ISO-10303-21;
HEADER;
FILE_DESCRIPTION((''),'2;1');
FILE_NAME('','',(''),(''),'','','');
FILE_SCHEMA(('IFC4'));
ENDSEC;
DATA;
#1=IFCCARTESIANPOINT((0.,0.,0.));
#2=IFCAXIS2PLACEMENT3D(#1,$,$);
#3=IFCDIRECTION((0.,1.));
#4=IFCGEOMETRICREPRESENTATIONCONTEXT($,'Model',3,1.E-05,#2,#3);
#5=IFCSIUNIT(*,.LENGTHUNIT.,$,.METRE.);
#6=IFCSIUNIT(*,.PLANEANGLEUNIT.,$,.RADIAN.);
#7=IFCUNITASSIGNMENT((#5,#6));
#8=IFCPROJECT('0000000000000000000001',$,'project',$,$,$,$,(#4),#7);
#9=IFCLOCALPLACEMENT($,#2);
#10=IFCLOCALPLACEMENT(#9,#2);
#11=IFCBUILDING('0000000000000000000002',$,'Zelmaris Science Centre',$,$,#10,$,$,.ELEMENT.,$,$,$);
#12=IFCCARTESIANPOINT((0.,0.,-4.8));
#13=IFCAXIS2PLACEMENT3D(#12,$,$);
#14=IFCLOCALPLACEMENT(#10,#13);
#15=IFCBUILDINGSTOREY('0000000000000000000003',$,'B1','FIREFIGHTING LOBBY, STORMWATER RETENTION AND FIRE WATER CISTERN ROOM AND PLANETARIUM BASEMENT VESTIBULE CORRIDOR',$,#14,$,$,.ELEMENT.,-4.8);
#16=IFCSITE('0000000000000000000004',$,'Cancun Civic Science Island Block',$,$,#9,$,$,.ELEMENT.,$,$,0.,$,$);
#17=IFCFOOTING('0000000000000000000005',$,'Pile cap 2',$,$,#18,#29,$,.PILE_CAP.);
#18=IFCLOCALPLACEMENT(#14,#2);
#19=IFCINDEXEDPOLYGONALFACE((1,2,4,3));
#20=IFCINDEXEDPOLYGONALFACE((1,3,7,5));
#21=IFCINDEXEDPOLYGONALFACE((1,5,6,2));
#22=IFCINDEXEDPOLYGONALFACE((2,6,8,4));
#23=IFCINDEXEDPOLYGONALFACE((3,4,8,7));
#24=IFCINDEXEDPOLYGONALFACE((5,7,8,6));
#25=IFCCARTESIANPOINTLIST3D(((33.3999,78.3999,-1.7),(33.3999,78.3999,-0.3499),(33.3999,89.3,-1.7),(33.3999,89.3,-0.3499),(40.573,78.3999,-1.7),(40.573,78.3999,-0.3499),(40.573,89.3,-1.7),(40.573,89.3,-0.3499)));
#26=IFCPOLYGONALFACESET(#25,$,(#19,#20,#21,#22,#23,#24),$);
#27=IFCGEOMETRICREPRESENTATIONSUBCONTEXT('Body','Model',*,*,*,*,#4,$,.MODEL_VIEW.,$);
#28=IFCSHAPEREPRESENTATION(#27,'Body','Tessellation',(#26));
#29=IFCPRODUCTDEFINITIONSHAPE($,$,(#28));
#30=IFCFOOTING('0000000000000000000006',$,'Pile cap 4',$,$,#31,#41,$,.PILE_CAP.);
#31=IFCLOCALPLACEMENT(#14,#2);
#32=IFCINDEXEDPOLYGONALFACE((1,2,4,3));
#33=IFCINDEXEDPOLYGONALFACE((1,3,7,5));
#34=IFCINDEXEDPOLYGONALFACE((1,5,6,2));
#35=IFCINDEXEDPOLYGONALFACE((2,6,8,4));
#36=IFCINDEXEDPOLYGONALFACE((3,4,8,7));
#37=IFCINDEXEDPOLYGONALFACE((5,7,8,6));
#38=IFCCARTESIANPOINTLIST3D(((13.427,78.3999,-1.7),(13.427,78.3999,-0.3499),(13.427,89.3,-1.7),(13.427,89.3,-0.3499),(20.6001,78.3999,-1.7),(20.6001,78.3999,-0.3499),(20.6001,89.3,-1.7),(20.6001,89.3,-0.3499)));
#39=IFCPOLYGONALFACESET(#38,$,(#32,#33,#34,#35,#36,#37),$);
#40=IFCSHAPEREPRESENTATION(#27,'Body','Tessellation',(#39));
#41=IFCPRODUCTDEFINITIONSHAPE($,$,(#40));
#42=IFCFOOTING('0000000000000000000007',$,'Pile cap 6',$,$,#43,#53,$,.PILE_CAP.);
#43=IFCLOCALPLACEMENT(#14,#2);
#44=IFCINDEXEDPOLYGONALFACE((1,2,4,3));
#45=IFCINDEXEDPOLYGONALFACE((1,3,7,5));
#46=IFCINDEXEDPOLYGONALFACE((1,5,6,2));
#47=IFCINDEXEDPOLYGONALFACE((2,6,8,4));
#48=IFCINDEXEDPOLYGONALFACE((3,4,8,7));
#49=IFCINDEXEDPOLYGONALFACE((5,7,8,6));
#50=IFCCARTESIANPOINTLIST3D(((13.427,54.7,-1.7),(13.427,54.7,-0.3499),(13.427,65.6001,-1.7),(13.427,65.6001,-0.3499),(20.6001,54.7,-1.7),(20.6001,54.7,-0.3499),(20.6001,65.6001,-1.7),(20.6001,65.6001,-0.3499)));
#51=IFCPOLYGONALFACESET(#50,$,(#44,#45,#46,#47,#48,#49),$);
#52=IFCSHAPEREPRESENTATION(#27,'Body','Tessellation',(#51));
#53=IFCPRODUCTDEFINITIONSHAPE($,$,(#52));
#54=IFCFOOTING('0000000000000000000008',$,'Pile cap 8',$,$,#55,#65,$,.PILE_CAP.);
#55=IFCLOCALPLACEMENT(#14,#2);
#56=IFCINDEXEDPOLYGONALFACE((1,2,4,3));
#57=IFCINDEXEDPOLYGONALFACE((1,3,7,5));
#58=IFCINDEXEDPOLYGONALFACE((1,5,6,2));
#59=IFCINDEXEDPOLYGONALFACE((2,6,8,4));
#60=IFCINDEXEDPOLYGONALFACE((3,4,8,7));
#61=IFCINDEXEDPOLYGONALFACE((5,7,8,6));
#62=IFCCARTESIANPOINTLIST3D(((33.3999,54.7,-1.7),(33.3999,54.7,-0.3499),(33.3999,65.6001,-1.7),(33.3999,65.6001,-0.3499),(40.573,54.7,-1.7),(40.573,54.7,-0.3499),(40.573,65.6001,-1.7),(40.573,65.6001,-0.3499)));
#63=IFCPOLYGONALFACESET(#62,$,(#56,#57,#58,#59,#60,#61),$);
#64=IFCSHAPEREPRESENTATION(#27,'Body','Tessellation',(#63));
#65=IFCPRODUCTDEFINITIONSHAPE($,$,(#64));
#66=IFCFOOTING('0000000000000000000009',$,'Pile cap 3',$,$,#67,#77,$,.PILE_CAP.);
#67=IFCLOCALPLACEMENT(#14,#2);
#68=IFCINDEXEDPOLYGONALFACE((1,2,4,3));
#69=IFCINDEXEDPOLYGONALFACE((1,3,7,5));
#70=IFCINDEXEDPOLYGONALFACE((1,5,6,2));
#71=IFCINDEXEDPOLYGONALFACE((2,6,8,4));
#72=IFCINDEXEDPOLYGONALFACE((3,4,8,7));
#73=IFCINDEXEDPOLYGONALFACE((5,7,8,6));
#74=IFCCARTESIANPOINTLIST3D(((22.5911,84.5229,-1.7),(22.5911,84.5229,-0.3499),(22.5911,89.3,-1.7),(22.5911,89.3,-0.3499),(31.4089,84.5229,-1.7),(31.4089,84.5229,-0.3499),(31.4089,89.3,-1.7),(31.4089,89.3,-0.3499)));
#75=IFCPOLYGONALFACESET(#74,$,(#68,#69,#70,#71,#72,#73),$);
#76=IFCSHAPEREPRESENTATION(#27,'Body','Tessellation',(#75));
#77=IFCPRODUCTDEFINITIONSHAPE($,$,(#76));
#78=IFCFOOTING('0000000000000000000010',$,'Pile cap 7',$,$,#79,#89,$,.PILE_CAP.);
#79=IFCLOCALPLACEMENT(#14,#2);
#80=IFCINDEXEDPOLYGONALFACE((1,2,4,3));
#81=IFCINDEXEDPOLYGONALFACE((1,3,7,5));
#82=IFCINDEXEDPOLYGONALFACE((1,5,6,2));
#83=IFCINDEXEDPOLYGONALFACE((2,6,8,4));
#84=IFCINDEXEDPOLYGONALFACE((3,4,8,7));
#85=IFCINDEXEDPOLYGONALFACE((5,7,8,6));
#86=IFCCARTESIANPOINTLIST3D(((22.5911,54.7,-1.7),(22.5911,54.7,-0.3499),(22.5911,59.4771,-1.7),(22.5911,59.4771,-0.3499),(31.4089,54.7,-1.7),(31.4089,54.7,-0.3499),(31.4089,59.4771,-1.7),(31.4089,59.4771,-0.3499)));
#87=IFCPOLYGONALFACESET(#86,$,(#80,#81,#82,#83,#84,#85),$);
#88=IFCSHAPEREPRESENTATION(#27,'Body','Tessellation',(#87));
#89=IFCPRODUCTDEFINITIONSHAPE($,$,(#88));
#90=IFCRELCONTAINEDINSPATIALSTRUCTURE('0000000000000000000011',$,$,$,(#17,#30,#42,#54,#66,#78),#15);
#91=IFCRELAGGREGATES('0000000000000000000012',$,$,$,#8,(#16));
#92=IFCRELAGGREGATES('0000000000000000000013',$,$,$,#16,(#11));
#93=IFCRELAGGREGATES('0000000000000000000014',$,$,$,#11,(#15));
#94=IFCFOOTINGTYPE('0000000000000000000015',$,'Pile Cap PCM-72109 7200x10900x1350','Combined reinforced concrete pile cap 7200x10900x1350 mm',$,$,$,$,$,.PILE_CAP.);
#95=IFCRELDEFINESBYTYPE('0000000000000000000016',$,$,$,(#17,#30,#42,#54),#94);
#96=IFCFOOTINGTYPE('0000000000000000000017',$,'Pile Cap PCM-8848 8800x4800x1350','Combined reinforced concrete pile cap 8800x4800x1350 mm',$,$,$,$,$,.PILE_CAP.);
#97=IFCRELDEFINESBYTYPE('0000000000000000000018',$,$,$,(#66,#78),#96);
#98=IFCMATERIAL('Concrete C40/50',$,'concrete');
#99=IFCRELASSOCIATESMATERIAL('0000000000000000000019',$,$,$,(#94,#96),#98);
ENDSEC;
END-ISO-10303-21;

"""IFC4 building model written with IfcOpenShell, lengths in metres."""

from ifc_helpers import new_model, si_unit, direction, frame, origin, place, context, subcontext, project, spatial, polyline, outline, extrude, material, type_object, element, save


model = new_model("IFC4")

# Units and contexts
model_context = context("Model", 3, precision=1e-05, world=origin(), true_north=direction((0.0, 1.0)))
body_context = subcontext(model_context, "Body", "Model", "MODEL_VIEW")
ifc_project = project(units=[si_unit("LENGTHUNIT", "METRE"), si_unit("PLANEANGLEUNIT", "RADIAN")], contexts=[model_context])

# Site, building, storey
site_placement = place(None, origin())
site = spatial("IfcSite", under=ifc_project, at=site_placement, Name="Cancun Civic Science Island Block", CompositionType="ELEMENT", RefElevation=0.0)
building_placement = place(site_placement, origin())
building = spatial("IfcBuilding", under=site, at=building_placement, Name="Zelmaris Science Centre", CompositionType="ELEMENT")
storey_placement = place(building_placement, frame((0.0, 0.0, -4.8)))
storey = spatial("IfcBuildingStorey", under=building, at=storey_placement, Name="B1", Description="FIREFIGHTING LOBBY, STORMWATER RETENTION AND FIRE WATER CISTERN ROOM AND PLANETARIUM BASEMENT VESTIBULE CORRIDOR", CompositionType="ELEMENT", Elevation=-4.8)

# Footings
ifc_material = material(Name="Concrete C40/50", Category="concrete")
footing_type_1 = type_object("IfcFootingType", Name="Pile Cap PCM-72109 7200x10900x1350", Description="Combined reinforced concrete pile cap 7200x10900x1350 mm", PredefinedType="PILE_CAP", material=ifc_material)
footing_1_placement = place(storey_placement, frame((0.0, 0.0, -1.7)))
element("IfcFooting", 1, at=footing_1_placement, inside=storey, type_object=footing_type_1, Name="Pile cap 2", PredefinedType="PILE_CAP", context=body_context, shape_type="SweptSolid", body=[
    extrude(outline(polyline([(33.3999, 78.3999), (40.573, 78.3999), (40.573, 89.3), (33.3999, 89.3), (33.3999, 78.3999)])), origin(), (0.0, 0.0, 1.0), 1.3501),
])
footing_2_placement = place(storey_placement, frame((0.0, 0.0, -1.7)))
element("IfcFooting", 2, at=footing_2_placement, inside=storey, type_object=footing_type_1, Name="Pile cap 4", PredefinedType="PILE_CAP", context=body_context, shape_type="SweptSolid", body=[
    extrude(outline(polyline([(13.427, 78.3999), (20.6001, 78.3999), (20.6001, 89.3), (13.427, 89.3), (13.427, 78.3999)])), origin(), (0.0, 0.0, 1.0), 1.3501),
])
footing_3_placement = place(storey_placement, frame((0.0, 0.0, -1.7)))
element("IfcFooting", 3, at=footing_3_placement, inside=storey, type_object=footing_type_1, Name="Pile cap 6", PredefinedType="PILE_CAP", context=body_context, shape_type="SweptSolid", body=[
    extrude(outline(polyline([(13.427, 54.7), (20.6001, 54.7), (20.6001, 65.6001), (13.427, 65.6001), (13.427, 54.7)])), origin(), (0.0, 0.0, 1.0), 1.3501),
])
footing_4_placement = place(storey_placement, frame((0.0, 0.0, -1.7)))
element("IfcFooting", 4, at=footing_4_placement, inside=storey, type_object=footing_type_1, Name="Pile cap 8", PredefinedType="PILE_CAP", context=body_context, shape_type="SweptSolid", body=[
    extrude(outline(polyline([(33.3999, 54.7), (40.573, 54.7), (40.573, 65.6001), (33.3999, 65.6001), (33.3999, 54.7)])), origin(), (0.0, 0.0, 1.0), 1.3501),
])
footing_type_2 = type_object("IfcFootingType", Name="Pile Cap PCM-8848 8800x4800x1350", Description="Combined reinforced concrete pile cap 8800x4800x1350 mm", PredefinedType="PILE_CAP", material=ifc_material)
footing_5_placement = place(storey_placement, frame((0.0, 0.0, -1.7)))
element("IfcFooting", 5, at=footing_5_placement, inside=storey, type_object=footing_type_2, Name="Pile cap 3", PredefinedType="PILE_CAP", context=body_context, shape_type="SweptSolid", body=[
    extrude(outline(polyline([(22.5911, 84.5229), (31.4089, 84.5229), (31.4089, 89.3), (22.5911, 89.3), (22.5911, 84.5229)])), origin(), (0.0, 0.0, 1.0), 1.3501),
])
footing_6_placement = place(storey_placement, frame((0.0, 0.0, -1.7)))
element("IfcFooting", 6, at=footing_6_placement, inside=storey, type_object=footing_type_2, Name="Pile cap 7", PredefinedType="PILE_CAP", context=body_context, shape_type="SweptSolid", body=[
    extrude(outline(polyline([(22.5911, 54.7), (31.4089, 54.7), (31.4089, 59.4771), (22.5911, 59.4771), (22.5911, 54.7)])), origin(), (0.0, 0.0, 1.0), 1.3501),
])

save(model, "model.ifc")
